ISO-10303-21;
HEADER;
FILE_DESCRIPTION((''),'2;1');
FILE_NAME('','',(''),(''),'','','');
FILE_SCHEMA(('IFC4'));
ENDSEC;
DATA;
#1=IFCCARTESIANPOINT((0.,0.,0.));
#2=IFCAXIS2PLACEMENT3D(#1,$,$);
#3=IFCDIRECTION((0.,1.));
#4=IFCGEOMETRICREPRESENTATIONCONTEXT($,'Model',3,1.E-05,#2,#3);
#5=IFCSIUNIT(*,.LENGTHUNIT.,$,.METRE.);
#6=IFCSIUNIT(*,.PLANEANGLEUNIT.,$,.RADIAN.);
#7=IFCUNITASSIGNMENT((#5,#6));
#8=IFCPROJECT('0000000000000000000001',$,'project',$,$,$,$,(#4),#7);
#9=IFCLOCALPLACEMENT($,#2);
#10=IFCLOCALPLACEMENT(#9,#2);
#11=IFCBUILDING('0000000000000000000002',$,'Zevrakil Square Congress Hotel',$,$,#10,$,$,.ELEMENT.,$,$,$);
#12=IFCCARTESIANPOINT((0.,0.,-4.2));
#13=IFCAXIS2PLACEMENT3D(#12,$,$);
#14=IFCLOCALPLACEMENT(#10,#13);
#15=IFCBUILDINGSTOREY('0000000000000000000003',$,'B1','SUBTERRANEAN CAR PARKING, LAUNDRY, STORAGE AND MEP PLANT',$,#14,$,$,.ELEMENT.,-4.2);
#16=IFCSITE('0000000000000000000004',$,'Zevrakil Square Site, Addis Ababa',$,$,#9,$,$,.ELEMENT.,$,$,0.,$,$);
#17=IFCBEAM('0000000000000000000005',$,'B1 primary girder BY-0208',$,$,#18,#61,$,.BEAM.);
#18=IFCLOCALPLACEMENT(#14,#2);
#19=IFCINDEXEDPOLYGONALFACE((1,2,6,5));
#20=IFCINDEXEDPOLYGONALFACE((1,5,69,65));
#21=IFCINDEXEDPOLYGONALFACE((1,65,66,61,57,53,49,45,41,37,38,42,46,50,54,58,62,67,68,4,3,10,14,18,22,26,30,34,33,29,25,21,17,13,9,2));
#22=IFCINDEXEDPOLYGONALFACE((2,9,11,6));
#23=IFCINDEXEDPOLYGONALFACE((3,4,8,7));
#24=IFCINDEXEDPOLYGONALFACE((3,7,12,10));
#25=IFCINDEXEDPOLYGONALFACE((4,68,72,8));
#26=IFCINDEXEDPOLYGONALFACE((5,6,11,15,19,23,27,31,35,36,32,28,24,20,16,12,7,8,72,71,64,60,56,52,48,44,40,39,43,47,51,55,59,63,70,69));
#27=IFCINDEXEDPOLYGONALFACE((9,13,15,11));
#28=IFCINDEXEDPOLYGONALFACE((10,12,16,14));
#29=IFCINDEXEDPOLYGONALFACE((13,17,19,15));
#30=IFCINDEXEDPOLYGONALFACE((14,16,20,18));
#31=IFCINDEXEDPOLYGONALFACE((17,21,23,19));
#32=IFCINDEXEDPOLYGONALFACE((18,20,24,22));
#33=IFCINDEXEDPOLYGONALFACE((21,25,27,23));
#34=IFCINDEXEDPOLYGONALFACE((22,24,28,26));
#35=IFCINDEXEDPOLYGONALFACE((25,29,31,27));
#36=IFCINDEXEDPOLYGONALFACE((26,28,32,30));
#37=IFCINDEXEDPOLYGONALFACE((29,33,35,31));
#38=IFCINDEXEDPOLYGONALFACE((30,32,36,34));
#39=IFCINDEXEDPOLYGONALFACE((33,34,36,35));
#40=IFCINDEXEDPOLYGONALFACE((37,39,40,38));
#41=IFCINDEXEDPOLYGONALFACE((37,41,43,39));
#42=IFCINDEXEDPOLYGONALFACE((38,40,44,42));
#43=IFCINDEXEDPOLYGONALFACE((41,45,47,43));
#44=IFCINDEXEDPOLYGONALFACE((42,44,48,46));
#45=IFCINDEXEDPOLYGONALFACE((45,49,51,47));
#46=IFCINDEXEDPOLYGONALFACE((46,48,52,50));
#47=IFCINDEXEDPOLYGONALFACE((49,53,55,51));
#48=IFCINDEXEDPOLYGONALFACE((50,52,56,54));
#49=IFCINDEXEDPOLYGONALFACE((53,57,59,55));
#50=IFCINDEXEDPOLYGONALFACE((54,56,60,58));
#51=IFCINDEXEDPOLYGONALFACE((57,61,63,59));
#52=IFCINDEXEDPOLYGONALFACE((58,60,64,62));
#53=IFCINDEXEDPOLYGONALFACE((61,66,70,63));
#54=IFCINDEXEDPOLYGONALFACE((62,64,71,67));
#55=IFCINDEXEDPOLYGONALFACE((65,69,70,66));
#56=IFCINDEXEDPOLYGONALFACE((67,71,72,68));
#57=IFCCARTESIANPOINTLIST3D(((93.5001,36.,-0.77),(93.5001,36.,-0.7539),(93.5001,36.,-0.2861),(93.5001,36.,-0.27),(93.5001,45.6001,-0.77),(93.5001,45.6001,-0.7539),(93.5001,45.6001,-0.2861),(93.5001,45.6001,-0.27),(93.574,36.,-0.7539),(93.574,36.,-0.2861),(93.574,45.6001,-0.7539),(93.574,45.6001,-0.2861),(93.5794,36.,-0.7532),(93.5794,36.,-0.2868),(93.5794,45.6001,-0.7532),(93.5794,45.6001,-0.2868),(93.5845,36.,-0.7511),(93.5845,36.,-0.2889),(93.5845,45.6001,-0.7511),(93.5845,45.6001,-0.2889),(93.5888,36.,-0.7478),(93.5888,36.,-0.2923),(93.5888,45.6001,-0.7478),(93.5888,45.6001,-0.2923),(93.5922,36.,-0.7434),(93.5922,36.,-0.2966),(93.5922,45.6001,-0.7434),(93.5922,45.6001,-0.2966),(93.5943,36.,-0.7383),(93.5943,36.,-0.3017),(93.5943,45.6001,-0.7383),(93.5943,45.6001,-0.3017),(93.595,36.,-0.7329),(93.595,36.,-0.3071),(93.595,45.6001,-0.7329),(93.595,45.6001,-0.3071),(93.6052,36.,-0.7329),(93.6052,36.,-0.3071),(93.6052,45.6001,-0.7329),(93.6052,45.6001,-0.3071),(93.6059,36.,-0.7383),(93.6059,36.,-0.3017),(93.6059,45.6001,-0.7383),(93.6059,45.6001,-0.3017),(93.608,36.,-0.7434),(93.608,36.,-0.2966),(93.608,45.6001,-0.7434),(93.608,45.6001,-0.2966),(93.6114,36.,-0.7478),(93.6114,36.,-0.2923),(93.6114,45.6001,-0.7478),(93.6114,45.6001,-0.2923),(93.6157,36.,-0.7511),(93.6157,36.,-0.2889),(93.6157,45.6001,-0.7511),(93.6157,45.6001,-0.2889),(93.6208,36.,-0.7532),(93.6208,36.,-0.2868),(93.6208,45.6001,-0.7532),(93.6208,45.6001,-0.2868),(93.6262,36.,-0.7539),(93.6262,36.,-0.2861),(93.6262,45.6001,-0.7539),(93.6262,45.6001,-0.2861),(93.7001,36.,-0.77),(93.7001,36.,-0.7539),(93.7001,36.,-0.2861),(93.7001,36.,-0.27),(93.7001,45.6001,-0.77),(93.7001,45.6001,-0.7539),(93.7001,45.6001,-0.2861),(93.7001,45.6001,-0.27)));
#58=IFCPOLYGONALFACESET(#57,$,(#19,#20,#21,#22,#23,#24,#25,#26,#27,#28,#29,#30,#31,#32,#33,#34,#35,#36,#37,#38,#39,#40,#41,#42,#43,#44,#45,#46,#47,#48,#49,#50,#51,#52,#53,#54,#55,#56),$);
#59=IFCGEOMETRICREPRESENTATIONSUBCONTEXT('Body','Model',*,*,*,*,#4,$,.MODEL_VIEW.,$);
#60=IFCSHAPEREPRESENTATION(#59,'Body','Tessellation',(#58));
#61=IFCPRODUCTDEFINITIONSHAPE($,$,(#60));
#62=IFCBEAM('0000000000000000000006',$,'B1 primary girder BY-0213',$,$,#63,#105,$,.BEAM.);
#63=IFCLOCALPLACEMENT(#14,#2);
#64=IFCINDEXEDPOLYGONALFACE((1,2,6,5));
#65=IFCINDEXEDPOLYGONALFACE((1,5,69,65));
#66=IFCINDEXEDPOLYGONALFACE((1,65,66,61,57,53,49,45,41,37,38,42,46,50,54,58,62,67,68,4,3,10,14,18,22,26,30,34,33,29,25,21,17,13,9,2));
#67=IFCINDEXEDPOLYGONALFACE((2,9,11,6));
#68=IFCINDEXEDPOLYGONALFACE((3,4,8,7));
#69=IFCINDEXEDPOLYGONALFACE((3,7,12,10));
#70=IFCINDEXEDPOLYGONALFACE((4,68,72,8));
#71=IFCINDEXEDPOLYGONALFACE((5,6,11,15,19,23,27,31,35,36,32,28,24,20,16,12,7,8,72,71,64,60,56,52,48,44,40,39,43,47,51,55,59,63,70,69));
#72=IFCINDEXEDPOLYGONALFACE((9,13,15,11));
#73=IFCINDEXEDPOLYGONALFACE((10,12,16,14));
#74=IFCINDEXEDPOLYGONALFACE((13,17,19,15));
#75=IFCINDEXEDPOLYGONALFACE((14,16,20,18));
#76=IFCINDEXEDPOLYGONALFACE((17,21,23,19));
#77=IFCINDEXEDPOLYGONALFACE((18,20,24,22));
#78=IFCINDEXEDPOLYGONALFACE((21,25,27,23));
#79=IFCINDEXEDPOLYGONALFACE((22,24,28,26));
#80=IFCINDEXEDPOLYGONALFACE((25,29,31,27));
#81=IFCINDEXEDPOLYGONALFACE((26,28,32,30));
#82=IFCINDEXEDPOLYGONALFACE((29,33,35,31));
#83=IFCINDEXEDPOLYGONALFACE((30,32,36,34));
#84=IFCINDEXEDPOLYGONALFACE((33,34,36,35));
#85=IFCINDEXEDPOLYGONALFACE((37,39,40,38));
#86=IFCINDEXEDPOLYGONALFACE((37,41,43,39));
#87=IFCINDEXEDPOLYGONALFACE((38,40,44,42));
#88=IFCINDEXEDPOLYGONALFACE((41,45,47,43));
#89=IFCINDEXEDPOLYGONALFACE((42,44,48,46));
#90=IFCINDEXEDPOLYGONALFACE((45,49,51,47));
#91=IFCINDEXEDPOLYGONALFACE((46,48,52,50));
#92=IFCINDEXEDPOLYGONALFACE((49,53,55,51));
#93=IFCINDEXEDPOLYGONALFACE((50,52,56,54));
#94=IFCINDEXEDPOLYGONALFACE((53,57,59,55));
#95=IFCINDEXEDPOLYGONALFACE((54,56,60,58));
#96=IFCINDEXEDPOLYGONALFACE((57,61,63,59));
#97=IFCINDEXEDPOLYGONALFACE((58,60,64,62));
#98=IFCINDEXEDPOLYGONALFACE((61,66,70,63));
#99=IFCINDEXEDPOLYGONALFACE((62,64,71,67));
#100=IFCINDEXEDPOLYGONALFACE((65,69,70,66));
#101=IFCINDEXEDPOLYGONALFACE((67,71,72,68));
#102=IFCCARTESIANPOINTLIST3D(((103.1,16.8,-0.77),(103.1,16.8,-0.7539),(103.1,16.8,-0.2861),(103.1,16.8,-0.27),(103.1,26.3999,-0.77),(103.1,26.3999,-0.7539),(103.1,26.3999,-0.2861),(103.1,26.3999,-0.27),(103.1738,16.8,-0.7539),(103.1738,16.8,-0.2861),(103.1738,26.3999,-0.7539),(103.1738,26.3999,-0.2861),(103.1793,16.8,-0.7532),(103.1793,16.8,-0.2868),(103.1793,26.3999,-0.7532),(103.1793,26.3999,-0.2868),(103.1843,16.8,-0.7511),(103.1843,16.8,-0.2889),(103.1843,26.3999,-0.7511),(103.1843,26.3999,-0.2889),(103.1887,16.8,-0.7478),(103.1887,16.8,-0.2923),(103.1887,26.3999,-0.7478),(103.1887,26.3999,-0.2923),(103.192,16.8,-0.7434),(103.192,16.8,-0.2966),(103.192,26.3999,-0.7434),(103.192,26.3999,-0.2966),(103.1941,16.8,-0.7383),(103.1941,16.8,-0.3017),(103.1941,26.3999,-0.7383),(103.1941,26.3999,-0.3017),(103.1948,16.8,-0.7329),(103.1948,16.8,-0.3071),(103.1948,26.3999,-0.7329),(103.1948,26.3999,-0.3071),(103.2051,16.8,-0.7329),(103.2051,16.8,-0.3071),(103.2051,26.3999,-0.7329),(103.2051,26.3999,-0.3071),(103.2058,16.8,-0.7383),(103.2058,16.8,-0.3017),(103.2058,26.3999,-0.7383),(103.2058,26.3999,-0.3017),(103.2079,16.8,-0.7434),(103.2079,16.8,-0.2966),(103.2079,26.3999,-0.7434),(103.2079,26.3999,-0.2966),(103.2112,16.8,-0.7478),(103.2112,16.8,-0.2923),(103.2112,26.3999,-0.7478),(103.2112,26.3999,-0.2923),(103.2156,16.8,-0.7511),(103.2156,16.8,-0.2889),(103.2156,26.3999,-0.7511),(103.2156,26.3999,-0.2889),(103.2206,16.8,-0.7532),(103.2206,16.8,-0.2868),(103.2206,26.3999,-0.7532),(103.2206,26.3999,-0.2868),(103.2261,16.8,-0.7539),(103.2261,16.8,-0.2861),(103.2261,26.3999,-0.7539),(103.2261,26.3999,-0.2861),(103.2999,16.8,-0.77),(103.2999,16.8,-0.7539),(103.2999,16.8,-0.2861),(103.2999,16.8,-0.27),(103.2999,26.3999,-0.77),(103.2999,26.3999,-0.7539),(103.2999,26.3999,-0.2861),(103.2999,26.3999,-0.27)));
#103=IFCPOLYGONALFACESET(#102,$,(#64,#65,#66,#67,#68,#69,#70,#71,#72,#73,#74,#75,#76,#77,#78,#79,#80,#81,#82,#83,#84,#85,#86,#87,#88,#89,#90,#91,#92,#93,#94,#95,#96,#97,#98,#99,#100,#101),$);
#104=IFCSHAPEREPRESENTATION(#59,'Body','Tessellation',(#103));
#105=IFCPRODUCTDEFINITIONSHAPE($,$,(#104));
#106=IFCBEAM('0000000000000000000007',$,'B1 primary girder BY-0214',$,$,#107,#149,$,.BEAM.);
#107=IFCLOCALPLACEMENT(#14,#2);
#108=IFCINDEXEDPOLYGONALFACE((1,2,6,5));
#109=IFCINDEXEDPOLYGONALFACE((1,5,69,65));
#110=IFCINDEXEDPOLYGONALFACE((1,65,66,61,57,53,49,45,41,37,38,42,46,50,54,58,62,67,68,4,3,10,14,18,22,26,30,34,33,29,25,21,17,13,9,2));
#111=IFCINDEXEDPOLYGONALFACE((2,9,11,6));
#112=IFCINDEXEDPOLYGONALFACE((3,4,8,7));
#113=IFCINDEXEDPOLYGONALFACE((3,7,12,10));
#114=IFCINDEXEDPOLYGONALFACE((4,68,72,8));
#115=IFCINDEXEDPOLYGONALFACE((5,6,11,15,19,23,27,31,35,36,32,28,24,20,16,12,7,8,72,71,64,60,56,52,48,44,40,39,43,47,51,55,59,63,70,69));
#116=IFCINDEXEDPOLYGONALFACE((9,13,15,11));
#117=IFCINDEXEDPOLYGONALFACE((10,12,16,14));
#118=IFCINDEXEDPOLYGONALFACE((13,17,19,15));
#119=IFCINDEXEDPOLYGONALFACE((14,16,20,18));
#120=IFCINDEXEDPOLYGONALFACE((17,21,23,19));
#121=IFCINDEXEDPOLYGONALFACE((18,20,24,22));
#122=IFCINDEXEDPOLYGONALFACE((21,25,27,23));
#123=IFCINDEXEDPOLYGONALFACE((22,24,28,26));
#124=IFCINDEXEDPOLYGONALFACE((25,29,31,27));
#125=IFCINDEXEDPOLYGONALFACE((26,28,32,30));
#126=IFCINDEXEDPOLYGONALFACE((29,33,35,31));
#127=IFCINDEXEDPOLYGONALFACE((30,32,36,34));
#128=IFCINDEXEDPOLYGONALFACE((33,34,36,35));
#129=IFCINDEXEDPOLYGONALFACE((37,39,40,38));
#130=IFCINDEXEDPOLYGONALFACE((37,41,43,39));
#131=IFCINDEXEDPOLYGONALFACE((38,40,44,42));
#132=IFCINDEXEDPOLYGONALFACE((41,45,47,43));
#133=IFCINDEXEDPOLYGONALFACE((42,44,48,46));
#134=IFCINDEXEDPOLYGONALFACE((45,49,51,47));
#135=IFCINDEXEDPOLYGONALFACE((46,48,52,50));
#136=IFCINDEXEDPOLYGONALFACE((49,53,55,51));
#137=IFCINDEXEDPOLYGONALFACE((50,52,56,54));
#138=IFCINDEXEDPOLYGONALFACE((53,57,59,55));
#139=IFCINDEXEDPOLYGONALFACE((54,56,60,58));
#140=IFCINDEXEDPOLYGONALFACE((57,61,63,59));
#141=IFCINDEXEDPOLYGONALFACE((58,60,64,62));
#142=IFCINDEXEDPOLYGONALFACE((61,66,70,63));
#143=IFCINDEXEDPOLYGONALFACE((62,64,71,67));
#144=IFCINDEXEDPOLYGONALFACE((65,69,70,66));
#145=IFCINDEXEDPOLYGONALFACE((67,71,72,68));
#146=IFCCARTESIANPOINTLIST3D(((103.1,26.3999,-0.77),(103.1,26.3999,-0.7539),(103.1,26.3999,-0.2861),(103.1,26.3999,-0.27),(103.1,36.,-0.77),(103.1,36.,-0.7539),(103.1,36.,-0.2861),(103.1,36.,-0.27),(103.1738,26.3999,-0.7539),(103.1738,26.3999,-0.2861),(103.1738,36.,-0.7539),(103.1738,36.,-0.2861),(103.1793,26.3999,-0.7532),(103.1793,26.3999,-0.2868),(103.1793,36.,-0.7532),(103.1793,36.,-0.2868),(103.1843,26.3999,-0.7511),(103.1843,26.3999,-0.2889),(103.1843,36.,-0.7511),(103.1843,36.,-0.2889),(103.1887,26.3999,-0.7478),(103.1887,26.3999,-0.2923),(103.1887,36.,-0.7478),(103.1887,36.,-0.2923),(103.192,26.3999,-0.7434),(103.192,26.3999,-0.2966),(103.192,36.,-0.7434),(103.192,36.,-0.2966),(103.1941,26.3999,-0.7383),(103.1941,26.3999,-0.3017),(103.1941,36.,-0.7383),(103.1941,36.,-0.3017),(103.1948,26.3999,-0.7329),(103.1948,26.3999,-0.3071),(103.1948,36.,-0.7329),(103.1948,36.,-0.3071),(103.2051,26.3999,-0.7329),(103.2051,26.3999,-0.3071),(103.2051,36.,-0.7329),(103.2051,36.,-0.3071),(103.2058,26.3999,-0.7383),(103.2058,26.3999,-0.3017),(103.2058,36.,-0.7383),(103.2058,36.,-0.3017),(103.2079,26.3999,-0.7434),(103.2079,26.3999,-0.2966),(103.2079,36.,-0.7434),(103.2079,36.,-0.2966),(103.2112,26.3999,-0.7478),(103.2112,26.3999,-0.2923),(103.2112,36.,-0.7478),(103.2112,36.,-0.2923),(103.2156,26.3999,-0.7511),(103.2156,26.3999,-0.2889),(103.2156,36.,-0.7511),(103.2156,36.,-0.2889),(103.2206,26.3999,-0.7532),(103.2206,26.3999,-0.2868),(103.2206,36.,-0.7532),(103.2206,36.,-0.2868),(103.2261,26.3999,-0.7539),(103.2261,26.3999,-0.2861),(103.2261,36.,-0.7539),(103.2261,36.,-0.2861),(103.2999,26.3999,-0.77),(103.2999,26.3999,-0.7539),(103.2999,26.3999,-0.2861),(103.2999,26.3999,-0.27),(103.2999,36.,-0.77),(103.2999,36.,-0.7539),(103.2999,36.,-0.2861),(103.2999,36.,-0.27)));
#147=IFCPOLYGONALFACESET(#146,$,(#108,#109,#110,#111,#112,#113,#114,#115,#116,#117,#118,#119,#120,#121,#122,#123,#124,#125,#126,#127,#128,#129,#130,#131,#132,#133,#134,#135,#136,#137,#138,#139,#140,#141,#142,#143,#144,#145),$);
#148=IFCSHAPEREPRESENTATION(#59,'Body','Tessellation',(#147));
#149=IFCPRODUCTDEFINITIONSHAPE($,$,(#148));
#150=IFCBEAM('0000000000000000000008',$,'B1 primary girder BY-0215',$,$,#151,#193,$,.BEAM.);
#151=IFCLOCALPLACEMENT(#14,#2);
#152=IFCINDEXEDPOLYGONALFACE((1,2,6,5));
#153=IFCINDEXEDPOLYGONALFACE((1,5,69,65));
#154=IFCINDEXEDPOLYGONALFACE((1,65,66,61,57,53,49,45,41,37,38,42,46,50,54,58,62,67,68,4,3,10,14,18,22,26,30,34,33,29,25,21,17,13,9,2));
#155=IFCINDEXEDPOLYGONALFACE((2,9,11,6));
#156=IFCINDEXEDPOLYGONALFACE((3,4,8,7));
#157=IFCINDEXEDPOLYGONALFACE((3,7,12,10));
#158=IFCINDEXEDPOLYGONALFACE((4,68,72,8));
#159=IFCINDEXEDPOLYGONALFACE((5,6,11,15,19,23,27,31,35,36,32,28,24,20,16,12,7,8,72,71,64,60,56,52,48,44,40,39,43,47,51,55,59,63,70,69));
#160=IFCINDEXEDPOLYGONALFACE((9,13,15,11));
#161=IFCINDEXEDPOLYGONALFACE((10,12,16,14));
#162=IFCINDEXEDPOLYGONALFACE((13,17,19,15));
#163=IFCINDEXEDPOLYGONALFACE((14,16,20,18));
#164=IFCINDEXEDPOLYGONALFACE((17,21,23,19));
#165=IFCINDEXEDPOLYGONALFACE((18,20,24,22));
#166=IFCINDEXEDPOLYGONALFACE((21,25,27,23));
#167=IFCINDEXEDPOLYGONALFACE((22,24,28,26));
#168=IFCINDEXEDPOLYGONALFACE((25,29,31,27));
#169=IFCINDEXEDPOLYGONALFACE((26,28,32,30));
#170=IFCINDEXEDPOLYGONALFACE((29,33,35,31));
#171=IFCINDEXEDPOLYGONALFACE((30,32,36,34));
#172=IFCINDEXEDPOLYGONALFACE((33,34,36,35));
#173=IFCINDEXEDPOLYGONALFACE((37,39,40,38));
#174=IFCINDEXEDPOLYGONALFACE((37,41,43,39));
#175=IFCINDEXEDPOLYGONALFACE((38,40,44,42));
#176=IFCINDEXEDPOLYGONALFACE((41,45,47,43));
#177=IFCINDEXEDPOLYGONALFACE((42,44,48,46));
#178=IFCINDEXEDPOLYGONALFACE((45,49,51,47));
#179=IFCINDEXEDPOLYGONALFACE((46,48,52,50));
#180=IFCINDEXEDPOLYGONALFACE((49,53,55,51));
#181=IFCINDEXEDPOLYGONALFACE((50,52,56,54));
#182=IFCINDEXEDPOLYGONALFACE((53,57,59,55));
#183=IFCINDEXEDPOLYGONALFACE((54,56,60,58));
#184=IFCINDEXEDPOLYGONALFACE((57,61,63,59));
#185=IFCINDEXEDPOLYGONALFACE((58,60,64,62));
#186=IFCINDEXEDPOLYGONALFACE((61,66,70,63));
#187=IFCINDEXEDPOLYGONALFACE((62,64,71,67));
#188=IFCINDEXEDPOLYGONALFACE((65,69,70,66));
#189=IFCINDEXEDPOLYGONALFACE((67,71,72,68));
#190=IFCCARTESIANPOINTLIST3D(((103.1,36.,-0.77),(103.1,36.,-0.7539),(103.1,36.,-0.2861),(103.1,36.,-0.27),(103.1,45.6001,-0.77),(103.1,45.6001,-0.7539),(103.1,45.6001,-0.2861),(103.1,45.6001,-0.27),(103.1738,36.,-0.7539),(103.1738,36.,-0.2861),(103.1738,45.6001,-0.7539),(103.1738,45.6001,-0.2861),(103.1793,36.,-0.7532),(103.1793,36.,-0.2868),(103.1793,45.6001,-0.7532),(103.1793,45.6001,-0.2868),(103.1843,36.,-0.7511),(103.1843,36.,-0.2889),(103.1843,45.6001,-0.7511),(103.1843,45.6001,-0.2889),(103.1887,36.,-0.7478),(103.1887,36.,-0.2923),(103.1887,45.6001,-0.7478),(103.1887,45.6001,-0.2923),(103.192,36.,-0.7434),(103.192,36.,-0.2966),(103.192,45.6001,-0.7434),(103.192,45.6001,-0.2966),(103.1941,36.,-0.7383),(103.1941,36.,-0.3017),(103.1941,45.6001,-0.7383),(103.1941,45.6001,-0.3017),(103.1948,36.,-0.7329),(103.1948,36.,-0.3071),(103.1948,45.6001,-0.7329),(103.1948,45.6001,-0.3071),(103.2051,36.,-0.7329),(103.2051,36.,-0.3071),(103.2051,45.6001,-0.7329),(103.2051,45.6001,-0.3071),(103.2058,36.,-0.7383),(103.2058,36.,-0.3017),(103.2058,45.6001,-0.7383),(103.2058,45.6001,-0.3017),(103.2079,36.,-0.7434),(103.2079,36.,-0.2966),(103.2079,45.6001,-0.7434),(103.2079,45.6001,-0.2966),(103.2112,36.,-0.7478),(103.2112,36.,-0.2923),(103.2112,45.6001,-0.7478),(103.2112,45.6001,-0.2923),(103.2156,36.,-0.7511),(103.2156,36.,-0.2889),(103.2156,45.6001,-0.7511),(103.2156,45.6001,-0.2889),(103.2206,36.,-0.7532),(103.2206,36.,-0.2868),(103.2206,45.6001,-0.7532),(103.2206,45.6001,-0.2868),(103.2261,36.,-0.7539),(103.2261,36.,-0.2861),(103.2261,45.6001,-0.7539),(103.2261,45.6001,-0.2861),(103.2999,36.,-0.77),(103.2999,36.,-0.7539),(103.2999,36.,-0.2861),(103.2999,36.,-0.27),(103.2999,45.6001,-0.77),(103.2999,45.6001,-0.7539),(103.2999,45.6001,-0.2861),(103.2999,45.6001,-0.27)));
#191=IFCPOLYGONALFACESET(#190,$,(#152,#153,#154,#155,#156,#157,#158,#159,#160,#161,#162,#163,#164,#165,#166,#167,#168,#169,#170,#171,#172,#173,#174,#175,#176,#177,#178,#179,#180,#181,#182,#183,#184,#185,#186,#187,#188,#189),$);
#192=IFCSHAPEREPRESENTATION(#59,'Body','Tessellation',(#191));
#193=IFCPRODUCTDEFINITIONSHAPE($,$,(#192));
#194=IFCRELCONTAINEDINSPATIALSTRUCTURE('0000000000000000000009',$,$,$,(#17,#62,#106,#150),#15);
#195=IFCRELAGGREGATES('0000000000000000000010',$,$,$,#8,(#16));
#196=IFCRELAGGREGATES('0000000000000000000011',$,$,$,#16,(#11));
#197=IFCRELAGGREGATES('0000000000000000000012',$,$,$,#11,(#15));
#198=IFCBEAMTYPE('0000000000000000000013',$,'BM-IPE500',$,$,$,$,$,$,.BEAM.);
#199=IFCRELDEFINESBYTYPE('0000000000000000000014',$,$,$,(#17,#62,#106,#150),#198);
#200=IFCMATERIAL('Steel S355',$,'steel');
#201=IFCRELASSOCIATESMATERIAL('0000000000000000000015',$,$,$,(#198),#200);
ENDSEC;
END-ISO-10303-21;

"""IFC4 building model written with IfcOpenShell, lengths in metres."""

from ifc_helpers import new_model, si_unit, direction, frame, origin, origin_2d, place, context, subcontext, project, spatial, i_section, extrude, material, material_profile, profile_set, type_object, element, save


model = new_model("IFC4")

# Units and contexts
model_context = context("Model", 3, precision=1e-05, world=origin(), true_north=direction((0.0, 1.0)))
body_context = subcontext(model_context, "Body", "Model", "MODEL_VIEW")
ifc_project = project(units=[si_unit("LENGTHUNIT", "METRE"), si_unit("PLANEANGLEUNIT", "RADIAN")], contexts=[model_context])

# Site, building, storey
site_placement = place(None, origin())
site = spatial("IfcSite", under=ifc_project, at=site_placement, Name="Zevrakil Square Site, Addis Ababa", CompositionType="ELEMENT", RefElevation=0.0)
building_placement = place(site_placement, origin())
building = spatial("IfcBuilding", under=site, at=building_placement, Name="Zevrakil Square Congress Hotel", CompositionType="ELEMENT")
storey_placement = place(building_placement, frame((0.0, 0.0, -4.2)))
storey = spatial("IfcBuildingStorey", under=building, at=storey_placement, Name="B1", Description="SUBTERRANEAN CAR PARKING, LAUNDRY, STORAGE AND MEP PLANT", CompositionType="ELEMENT", Elevation=-4.2)

# Beams
ifc_material_1 = material(Name="Steel S355", Category="steel")
ifc_material_profile_1 = material_profile(ifc_material_1, i_section(OverallWidth=0.2, OverallDepth=0.5, WebThickness=0.0103, FlangeThickness=0.0161, FilletRadius=0.021, at=origin_2d()), Name="IPE 500")
ifc_profile_set_1 = profile_set([ifc_material_profile_1], Name="Steel S355")
beam_type_1 = type_object("IfcBeamType", Name="BM-IPE500", PredefinedType="BEAM", material=ifc_profile_set_1)
for number, where, z_axis, x_axis, name in (
    (1, (93.6001, 36.0, -0.52), (0.0, 1.0, 0.0), (-1.0, 0.0, 0.0), "B1 primary girder BY-0208"),
):
    element("IfcBeam", number, at=place(storey_placement, frame(where, z_axis=z_axis, x_axis=x_axis)), inside=storey, type_object=beam_type_1, Name=name, PredefinedType="BEAM", context=body_context, shape_type="SweptSolid", body=[
        extrude(i_section(OverallWidth=0.2, OverallDepth=0.5, WebThickness=0.0103, FlangeThickness=0.0161, FilletRadius=0.021, at=origin_2d()), origin(), (0.0, 0.0, 1.0), 9.6001),
    ])
beam_1_placement = place(storey_placement, frame((103.2, 16.8, -0.52), z_axis=(0.0, 1.0, 0.0), x_axis=(-1.0, 0.0, 0.0)))
element("IfcBeam", 2, at=beam_1_placement, inside=storey, type_object=beam_type_1, Name="B1 primary girder BY-0213", PredefinedType="BEAM", context=body_context, shape_type="SweptSolid", body=[
    extrude(i_section(OverallWidth=0.2, OverallDepth=0.5, WebThickness=0.0103, FlangeThickness=0.0161, FilletRadius=0.021, at=origin_2d()), origin(), (0.0, 0.0, 1.0), 9.5999),
])
for number, where, z_axis, x_axis, name in (
    (3, (103.2, 26.3999, -0.52), (0.0, 1.0, 0.0), (-1.0, 0.0, 0.0), "B1 primary girder BY-0214"),
    (4, (103.2, 36.0, -0.52), (0.0, 1.0, 0.0), (-1.0, 0.0, 0.0), "B1 primary girder BY-0215"),
):
    element("IfcBeam", number, at=place(storey_placement, frame(where, z_axis=z_axis, x_axis=x_axis)), inside=storey, type_object=beam_type_1, Name=name, PredefinedType="BEAM", context=body_context, shape_type="SweptSolid", body=[
        extrude(i_section(OverallWidth=0.2, OverallDepth=0.5, WebThickness=0.0103, FlangeThickness=0.0161, FilletRadius=0.021, at=origin_2d()), origin(), (0.0, 0.0, 1.0), 9.6001),
    ])

save(model, "model.ifc")
